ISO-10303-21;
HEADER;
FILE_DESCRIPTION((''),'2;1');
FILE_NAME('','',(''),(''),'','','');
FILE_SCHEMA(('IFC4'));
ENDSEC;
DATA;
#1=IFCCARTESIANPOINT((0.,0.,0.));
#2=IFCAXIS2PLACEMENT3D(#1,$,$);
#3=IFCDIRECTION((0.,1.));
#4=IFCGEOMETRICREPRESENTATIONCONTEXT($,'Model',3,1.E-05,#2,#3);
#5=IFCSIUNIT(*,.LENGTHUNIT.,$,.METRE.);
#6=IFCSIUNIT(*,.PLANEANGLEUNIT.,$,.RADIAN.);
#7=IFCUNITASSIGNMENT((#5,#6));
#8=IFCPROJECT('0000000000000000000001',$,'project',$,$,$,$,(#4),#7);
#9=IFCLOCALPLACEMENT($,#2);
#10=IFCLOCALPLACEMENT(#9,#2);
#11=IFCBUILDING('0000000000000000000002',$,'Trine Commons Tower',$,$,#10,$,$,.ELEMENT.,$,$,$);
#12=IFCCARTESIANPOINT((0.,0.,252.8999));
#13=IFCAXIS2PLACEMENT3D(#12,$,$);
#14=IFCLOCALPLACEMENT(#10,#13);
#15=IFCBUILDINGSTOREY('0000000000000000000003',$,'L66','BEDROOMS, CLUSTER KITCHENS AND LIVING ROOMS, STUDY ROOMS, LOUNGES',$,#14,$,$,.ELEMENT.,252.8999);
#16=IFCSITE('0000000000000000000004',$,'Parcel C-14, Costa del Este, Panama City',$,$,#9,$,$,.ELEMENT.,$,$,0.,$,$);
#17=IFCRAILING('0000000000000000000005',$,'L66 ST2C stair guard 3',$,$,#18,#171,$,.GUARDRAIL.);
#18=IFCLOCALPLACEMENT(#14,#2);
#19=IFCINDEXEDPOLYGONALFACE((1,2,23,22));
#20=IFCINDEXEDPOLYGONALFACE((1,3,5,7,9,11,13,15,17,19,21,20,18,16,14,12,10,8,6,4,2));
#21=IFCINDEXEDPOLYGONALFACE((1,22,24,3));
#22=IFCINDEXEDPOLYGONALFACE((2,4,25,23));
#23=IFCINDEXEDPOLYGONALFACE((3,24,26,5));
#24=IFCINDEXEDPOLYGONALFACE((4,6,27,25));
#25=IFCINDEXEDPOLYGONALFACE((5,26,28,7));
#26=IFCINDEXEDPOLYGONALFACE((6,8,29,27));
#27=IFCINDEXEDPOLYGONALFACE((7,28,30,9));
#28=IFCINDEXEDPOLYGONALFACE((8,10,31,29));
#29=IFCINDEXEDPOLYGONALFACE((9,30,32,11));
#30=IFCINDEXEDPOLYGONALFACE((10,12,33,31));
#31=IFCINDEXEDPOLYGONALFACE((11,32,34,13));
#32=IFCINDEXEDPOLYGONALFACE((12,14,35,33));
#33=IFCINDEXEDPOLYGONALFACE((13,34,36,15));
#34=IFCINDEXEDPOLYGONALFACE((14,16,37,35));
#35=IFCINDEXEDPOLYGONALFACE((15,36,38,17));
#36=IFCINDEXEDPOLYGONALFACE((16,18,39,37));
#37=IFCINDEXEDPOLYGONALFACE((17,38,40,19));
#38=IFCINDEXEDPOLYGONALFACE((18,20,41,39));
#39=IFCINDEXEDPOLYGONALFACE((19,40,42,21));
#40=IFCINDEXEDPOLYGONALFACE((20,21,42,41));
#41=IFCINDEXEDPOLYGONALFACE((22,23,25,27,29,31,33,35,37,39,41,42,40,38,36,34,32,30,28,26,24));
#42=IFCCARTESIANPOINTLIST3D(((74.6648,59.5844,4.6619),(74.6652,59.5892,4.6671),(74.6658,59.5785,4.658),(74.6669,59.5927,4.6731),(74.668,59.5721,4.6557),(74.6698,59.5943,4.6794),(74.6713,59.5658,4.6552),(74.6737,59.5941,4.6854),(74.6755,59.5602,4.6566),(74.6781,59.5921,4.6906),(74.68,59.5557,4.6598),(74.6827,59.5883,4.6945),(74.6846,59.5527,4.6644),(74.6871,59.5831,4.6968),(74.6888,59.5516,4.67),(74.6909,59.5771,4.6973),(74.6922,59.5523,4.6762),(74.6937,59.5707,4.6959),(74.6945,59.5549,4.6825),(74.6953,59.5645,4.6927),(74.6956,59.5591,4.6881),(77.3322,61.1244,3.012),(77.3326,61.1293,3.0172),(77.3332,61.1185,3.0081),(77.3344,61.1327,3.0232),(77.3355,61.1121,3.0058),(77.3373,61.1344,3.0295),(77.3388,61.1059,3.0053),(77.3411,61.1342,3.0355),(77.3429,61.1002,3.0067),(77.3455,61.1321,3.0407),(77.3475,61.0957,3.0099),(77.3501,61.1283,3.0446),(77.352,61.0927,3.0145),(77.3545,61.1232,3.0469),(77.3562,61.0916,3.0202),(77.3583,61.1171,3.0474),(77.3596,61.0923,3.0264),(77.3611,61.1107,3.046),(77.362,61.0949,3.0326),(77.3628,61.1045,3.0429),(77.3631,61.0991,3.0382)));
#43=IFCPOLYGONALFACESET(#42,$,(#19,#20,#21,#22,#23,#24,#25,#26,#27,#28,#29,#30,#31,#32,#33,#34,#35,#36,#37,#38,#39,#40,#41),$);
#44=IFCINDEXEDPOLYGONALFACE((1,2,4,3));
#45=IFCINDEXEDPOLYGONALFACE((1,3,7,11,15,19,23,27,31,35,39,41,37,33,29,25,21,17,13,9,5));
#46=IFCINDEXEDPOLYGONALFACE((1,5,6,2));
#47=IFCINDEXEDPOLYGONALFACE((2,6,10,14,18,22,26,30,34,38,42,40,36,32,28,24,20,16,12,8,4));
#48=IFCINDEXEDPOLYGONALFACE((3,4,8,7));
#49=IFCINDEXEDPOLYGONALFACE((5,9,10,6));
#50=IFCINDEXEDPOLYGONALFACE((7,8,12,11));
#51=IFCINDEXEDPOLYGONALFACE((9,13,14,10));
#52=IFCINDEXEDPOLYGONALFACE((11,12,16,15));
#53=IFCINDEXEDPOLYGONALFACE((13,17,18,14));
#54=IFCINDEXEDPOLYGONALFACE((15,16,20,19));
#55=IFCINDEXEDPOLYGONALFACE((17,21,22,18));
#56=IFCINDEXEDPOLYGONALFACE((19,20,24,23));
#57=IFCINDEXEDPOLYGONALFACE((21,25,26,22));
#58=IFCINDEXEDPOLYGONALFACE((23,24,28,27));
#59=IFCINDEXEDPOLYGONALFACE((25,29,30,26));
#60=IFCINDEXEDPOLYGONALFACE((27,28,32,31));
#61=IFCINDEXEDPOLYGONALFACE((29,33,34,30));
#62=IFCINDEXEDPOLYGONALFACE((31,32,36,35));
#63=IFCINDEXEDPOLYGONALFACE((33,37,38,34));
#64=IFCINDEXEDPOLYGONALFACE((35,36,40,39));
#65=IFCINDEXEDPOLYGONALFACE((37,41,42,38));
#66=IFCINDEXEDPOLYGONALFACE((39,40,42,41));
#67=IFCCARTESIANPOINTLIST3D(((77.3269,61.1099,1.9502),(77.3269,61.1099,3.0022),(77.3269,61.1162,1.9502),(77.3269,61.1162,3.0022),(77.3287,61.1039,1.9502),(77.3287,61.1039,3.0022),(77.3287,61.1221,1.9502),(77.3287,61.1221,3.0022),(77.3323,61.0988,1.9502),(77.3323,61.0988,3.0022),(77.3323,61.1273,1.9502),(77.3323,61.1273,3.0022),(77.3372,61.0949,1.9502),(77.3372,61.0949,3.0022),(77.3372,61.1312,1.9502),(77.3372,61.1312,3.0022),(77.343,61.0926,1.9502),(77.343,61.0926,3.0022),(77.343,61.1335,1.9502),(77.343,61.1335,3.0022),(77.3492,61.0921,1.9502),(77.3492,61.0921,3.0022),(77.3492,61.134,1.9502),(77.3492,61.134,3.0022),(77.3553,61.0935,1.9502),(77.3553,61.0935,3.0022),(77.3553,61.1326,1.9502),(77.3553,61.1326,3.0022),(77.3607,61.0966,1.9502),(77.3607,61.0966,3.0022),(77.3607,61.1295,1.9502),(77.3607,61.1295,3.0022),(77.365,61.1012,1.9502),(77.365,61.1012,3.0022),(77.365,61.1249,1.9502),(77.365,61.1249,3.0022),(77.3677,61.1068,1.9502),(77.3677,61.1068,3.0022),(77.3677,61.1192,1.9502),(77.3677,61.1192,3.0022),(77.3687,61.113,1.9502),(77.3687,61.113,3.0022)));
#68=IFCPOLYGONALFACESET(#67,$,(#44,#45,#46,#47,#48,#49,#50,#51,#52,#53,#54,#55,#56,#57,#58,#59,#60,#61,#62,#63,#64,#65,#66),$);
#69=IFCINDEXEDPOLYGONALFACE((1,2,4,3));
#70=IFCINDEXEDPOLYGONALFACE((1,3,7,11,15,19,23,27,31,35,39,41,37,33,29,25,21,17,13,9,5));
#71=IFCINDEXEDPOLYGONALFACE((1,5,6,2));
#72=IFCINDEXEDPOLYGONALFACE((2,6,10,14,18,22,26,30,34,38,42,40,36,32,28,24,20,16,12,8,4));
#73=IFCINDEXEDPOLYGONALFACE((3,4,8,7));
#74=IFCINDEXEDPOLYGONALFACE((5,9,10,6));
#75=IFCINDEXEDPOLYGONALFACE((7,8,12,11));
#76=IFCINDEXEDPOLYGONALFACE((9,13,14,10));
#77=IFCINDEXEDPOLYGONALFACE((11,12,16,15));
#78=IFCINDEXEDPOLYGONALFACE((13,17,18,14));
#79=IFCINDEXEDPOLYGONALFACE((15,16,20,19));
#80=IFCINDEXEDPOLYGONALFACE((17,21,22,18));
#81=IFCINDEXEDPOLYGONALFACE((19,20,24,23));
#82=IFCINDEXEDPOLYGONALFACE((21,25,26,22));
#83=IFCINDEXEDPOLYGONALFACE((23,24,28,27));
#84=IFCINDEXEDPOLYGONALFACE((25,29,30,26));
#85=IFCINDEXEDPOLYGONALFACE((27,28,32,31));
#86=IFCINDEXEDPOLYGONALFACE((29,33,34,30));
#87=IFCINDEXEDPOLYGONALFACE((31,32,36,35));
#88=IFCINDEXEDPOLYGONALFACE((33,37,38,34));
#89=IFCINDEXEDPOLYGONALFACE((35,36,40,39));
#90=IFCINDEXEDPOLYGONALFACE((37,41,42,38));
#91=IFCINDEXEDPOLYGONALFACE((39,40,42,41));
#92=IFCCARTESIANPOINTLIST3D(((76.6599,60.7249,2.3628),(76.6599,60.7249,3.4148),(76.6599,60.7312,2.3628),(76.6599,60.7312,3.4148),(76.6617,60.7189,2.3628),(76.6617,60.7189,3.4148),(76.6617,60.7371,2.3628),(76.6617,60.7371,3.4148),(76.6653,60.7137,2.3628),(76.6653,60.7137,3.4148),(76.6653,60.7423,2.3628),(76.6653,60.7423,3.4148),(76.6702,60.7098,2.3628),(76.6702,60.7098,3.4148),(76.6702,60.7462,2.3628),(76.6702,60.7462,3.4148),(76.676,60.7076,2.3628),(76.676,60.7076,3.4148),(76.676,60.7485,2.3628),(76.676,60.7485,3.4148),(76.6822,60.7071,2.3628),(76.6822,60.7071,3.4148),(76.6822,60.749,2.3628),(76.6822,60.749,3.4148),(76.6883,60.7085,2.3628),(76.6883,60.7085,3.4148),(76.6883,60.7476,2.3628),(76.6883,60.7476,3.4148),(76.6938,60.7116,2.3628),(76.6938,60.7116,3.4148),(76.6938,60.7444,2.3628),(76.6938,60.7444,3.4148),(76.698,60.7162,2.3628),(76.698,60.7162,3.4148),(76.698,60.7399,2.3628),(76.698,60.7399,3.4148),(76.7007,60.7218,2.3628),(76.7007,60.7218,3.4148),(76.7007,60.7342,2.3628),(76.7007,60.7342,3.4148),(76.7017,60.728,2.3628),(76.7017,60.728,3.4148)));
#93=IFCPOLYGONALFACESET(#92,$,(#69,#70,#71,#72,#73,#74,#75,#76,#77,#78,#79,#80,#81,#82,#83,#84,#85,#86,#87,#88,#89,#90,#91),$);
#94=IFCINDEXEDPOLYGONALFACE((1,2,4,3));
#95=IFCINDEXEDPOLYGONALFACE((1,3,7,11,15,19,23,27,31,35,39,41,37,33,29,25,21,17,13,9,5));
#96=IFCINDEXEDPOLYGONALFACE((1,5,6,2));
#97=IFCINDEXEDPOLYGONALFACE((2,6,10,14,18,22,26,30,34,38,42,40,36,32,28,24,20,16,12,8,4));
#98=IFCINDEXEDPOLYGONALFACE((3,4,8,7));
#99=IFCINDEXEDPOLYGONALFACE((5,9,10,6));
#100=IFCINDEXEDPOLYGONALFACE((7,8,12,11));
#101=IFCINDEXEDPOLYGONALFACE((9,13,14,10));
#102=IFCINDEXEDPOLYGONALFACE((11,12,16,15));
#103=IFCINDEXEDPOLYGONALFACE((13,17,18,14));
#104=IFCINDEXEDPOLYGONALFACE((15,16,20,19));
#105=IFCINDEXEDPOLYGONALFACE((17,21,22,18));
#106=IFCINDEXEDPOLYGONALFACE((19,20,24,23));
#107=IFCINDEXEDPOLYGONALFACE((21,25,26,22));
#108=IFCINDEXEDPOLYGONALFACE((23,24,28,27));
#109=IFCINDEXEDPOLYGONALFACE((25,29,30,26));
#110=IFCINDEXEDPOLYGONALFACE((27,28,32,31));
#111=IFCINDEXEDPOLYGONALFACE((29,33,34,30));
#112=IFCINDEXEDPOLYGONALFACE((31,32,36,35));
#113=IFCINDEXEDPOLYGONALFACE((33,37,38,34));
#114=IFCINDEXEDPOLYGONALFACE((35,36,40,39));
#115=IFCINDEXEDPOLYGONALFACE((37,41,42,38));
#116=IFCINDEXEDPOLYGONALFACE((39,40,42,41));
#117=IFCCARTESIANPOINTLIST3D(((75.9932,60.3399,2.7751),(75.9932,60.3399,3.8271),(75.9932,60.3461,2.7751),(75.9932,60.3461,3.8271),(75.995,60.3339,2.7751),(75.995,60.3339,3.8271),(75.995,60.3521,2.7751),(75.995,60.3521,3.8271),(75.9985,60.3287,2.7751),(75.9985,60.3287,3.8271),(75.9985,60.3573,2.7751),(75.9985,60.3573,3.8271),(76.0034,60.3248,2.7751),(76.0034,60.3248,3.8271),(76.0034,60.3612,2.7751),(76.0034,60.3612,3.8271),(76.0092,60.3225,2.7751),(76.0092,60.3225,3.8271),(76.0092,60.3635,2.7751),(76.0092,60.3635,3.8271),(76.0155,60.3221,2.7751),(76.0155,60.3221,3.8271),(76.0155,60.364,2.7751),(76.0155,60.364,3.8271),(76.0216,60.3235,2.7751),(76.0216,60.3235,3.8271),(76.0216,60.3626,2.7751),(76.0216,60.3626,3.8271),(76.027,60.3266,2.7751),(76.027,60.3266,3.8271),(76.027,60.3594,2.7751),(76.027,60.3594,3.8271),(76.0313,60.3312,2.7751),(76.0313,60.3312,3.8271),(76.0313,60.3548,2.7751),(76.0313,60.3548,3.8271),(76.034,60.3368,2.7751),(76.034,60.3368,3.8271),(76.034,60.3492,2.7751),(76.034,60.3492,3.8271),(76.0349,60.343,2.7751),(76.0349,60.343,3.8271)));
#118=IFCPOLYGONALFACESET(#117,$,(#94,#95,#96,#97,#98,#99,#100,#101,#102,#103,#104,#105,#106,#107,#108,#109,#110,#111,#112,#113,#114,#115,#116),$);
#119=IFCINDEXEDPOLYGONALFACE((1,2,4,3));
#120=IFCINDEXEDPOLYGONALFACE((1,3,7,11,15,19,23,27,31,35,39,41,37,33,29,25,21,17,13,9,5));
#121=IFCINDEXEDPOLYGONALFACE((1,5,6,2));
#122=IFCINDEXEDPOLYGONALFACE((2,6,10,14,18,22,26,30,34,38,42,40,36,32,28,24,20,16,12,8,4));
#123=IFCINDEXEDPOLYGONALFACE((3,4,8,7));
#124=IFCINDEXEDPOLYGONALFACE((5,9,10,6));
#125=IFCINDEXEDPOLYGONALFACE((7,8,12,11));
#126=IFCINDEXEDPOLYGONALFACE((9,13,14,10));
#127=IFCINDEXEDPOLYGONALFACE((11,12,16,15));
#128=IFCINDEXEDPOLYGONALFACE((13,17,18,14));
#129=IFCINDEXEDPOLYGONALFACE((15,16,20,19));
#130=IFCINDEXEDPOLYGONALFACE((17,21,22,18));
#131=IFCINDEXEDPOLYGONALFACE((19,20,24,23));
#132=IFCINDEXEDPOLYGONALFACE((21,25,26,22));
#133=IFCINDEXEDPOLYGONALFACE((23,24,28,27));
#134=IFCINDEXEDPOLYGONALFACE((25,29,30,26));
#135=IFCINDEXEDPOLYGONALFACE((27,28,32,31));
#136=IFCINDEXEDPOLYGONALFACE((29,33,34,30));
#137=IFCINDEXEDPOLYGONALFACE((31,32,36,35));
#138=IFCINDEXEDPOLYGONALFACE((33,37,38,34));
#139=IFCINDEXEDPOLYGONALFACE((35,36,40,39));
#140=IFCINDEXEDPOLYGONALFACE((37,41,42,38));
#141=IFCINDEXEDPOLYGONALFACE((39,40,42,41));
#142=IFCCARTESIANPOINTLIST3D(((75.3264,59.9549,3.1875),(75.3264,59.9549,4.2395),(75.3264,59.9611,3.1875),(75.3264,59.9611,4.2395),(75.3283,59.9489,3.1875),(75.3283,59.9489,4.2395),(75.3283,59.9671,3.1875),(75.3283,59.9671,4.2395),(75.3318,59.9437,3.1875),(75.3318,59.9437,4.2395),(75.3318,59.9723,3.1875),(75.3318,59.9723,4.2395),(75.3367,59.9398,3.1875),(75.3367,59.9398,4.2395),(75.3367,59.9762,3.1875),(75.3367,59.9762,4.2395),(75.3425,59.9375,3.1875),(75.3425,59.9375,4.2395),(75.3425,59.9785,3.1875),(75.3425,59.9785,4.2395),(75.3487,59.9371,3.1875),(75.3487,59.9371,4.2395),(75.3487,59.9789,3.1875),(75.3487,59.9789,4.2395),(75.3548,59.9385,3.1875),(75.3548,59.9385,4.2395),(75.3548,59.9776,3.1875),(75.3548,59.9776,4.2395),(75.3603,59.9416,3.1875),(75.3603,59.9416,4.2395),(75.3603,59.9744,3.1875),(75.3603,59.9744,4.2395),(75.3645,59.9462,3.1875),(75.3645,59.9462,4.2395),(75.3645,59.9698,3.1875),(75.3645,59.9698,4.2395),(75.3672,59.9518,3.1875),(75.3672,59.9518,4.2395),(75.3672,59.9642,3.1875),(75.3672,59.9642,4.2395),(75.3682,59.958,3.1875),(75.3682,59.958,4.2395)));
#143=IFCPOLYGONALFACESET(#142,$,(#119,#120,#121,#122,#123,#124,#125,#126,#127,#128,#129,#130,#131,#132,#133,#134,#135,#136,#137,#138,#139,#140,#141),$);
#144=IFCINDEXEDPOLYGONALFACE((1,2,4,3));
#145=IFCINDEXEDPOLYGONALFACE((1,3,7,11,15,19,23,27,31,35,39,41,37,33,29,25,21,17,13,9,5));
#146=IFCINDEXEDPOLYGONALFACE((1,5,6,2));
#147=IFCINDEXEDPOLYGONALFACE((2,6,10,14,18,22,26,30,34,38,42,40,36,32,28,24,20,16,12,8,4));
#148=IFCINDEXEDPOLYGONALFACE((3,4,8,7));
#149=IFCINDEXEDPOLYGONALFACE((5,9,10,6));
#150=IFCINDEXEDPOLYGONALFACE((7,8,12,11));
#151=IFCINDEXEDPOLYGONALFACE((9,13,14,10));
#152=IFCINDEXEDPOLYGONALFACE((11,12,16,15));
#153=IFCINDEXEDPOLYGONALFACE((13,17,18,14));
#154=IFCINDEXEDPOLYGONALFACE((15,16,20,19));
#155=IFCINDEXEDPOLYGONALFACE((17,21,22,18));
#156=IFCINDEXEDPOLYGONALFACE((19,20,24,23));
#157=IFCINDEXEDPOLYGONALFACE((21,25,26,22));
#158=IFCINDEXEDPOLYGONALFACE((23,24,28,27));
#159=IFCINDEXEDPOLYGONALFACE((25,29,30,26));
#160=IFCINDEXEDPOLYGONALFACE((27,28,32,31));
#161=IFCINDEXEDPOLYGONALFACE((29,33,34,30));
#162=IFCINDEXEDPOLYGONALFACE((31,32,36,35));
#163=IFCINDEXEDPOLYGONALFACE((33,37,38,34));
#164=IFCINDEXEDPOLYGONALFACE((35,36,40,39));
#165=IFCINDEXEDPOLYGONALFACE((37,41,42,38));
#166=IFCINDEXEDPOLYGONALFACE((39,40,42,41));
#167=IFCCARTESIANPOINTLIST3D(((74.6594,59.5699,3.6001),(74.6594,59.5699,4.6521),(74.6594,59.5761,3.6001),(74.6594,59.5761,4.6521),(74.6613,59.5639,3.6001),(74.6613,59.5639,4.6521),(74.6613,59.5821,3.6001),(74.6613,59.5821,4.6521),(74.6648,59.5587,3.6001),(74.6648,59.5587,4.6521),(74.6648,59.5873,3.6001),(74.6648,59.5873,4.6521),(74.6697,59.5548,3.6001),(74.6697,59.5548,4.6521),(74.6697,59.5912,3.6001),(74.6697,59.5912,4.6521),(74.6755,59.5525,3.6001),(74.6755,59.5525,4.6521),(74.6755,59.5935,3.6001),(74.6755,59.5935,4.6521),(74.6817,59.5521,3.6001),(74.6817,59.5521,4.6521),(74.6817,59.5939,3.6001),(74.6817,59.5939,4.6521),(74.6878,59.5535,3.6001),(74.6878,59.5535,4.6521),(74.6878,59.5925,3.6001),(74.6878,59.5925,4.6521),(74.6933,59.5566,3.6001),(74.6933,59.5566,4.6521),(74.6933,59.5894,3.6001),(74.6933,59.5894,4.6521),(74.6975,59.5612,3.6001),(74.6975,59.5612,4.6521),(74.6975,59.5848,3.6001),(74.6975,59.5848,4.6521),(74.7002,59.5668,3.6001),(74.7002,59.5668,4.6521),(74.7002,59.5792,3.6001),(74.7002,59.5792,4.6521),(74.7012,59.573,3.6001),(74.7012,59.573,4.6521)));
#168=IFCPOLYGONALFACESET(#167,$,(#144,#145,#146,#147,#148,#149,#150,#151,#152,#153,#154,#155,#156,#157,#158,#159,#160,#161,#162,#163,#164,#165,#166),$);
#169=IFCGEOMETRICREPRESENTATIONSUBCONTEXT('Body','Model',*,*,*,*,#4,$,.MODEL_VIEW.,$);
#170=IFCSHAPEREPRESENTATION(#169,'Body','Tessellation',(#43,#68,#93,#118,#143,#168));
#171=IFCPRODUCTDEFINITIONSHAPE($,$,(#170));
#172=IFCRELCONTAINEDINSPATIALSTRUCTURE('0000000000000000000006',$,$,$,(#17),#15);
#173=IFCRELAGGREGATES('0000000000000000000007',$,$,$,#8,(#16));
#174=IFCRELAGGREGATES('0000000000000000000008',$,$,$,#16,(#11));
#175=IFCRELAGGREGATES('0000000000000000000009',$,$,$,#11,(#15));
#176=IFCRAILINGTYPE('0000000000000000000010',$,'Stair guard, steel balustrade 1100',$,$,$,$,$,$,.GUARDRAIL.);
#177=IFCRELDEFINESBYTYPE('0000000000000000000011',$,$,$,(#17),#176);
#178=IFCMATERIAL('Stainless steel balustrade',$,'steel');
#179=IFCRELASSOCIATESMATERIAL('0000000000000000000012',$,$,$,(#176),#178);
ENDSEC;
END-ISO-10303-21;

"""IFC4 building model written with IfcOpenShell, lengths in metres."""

from ifc_helpers import new_model, si_unit, direction, frame, origin, origin_2d, place, context, subcontext, project, spatial, circle, extrude, material, type_object, element, save


model = new_model("IFC4")

# Units and contexts
model_context = context("Model", 3, precision=1e-05, world=origin(), true_north=direction((0.0, 1.0)))
body_context = subcontext(model_context, "Body", "Model", "MODEL_VIEW")
ifc_project = project(units=[si_unit("LENGTHUNIT", "METRE"), si_unit("PLANEANGLEUNIT", "RADIAN")], contexts=[model_context])

# Site, building, storey
site_placement = place(None, origin())
site = spatial("IfcSite", under=ifc_project, at=site_placement, Name="Parcel C-14, Costa del Este, Panama City", CompositionType="ELEMENT", RefElevation=0.0)
building_placement = place(site_placement, origin())
building = spatial("IfcBuilding", under=site, at=building_placement, Name="Trine Commons Tower", CompositionType="ELEMENT")
storey_placement = place(building_placement, frame((0.0, 0.0, 252.8999)))
storey = spatial("IfcBuildingStorey", under=building, at=storey_placement, Name="L66", Description="BEDROOMS, CLUSTER KITCHENS AND LIVING ROOMS, STUDY ROOMS, LOUNGES", CompositionType="ELEMENT", Elevation=252.8999)

# Railing
ifc_material_1 = material(Name="Stainless steel balustrade", Category="steel")
railing_type_1 = type_object("IfcRailingType", Name="Stair guard, steel balustrade 1100", PredefinedType="GUARDRAIL", material=ifc_material_1)
railing_1_placement = place(storey_placement, frame((77.3477, 61.113, 1.9502)))
element("IfcRailing", 1, at=railing_1_placement, inside=storey, type_object=railing_type_1, Name="L66 ST2C stair guard 3", PredefinedType="GUARDRAIL", context=body_context, shape_type="SweptSolid", body=[
    extrude(circle(Radius=0.0239, at=origin_2d()), frame((0.0, 0.0, 1.0762), z_axis=(-0.763405, -0.440743, 0.472185), x_axis=(0.499992, -0.86603, 0.0)), (0.0, 0.0, 1.0), 3.4941),
    extrude(circle(Radius=0.021, at=origin_2d()), origin(), (0.0, 0.0, 1.0), 1.052),
    extrude(circle(Radius=0.021, at=origin_2d()), frame((-0.667, -0.385, 0.4126)), (0.0, 0.0, 1.0), 1.052),
    extrude(circle(Radius=0.021, at=origin_2d()), frame((-1.3337, -0.77, 0.825)), (0.0, 0.0, 1.0), 1.052),
    extrude(circle(Radius=0.021, at=origin_2d()), frame((-2.0005, -1.155, 1.2373)), (0.0, 0.0, 1.0), 1.052),
    extrude(circle(Radius=0.021, at=origin_2d()), frame((-2.6675, -1.54, 1.6499)), (0.0, 0.0, 1.0), 1.052),
])

save(model, "model.ifc")
